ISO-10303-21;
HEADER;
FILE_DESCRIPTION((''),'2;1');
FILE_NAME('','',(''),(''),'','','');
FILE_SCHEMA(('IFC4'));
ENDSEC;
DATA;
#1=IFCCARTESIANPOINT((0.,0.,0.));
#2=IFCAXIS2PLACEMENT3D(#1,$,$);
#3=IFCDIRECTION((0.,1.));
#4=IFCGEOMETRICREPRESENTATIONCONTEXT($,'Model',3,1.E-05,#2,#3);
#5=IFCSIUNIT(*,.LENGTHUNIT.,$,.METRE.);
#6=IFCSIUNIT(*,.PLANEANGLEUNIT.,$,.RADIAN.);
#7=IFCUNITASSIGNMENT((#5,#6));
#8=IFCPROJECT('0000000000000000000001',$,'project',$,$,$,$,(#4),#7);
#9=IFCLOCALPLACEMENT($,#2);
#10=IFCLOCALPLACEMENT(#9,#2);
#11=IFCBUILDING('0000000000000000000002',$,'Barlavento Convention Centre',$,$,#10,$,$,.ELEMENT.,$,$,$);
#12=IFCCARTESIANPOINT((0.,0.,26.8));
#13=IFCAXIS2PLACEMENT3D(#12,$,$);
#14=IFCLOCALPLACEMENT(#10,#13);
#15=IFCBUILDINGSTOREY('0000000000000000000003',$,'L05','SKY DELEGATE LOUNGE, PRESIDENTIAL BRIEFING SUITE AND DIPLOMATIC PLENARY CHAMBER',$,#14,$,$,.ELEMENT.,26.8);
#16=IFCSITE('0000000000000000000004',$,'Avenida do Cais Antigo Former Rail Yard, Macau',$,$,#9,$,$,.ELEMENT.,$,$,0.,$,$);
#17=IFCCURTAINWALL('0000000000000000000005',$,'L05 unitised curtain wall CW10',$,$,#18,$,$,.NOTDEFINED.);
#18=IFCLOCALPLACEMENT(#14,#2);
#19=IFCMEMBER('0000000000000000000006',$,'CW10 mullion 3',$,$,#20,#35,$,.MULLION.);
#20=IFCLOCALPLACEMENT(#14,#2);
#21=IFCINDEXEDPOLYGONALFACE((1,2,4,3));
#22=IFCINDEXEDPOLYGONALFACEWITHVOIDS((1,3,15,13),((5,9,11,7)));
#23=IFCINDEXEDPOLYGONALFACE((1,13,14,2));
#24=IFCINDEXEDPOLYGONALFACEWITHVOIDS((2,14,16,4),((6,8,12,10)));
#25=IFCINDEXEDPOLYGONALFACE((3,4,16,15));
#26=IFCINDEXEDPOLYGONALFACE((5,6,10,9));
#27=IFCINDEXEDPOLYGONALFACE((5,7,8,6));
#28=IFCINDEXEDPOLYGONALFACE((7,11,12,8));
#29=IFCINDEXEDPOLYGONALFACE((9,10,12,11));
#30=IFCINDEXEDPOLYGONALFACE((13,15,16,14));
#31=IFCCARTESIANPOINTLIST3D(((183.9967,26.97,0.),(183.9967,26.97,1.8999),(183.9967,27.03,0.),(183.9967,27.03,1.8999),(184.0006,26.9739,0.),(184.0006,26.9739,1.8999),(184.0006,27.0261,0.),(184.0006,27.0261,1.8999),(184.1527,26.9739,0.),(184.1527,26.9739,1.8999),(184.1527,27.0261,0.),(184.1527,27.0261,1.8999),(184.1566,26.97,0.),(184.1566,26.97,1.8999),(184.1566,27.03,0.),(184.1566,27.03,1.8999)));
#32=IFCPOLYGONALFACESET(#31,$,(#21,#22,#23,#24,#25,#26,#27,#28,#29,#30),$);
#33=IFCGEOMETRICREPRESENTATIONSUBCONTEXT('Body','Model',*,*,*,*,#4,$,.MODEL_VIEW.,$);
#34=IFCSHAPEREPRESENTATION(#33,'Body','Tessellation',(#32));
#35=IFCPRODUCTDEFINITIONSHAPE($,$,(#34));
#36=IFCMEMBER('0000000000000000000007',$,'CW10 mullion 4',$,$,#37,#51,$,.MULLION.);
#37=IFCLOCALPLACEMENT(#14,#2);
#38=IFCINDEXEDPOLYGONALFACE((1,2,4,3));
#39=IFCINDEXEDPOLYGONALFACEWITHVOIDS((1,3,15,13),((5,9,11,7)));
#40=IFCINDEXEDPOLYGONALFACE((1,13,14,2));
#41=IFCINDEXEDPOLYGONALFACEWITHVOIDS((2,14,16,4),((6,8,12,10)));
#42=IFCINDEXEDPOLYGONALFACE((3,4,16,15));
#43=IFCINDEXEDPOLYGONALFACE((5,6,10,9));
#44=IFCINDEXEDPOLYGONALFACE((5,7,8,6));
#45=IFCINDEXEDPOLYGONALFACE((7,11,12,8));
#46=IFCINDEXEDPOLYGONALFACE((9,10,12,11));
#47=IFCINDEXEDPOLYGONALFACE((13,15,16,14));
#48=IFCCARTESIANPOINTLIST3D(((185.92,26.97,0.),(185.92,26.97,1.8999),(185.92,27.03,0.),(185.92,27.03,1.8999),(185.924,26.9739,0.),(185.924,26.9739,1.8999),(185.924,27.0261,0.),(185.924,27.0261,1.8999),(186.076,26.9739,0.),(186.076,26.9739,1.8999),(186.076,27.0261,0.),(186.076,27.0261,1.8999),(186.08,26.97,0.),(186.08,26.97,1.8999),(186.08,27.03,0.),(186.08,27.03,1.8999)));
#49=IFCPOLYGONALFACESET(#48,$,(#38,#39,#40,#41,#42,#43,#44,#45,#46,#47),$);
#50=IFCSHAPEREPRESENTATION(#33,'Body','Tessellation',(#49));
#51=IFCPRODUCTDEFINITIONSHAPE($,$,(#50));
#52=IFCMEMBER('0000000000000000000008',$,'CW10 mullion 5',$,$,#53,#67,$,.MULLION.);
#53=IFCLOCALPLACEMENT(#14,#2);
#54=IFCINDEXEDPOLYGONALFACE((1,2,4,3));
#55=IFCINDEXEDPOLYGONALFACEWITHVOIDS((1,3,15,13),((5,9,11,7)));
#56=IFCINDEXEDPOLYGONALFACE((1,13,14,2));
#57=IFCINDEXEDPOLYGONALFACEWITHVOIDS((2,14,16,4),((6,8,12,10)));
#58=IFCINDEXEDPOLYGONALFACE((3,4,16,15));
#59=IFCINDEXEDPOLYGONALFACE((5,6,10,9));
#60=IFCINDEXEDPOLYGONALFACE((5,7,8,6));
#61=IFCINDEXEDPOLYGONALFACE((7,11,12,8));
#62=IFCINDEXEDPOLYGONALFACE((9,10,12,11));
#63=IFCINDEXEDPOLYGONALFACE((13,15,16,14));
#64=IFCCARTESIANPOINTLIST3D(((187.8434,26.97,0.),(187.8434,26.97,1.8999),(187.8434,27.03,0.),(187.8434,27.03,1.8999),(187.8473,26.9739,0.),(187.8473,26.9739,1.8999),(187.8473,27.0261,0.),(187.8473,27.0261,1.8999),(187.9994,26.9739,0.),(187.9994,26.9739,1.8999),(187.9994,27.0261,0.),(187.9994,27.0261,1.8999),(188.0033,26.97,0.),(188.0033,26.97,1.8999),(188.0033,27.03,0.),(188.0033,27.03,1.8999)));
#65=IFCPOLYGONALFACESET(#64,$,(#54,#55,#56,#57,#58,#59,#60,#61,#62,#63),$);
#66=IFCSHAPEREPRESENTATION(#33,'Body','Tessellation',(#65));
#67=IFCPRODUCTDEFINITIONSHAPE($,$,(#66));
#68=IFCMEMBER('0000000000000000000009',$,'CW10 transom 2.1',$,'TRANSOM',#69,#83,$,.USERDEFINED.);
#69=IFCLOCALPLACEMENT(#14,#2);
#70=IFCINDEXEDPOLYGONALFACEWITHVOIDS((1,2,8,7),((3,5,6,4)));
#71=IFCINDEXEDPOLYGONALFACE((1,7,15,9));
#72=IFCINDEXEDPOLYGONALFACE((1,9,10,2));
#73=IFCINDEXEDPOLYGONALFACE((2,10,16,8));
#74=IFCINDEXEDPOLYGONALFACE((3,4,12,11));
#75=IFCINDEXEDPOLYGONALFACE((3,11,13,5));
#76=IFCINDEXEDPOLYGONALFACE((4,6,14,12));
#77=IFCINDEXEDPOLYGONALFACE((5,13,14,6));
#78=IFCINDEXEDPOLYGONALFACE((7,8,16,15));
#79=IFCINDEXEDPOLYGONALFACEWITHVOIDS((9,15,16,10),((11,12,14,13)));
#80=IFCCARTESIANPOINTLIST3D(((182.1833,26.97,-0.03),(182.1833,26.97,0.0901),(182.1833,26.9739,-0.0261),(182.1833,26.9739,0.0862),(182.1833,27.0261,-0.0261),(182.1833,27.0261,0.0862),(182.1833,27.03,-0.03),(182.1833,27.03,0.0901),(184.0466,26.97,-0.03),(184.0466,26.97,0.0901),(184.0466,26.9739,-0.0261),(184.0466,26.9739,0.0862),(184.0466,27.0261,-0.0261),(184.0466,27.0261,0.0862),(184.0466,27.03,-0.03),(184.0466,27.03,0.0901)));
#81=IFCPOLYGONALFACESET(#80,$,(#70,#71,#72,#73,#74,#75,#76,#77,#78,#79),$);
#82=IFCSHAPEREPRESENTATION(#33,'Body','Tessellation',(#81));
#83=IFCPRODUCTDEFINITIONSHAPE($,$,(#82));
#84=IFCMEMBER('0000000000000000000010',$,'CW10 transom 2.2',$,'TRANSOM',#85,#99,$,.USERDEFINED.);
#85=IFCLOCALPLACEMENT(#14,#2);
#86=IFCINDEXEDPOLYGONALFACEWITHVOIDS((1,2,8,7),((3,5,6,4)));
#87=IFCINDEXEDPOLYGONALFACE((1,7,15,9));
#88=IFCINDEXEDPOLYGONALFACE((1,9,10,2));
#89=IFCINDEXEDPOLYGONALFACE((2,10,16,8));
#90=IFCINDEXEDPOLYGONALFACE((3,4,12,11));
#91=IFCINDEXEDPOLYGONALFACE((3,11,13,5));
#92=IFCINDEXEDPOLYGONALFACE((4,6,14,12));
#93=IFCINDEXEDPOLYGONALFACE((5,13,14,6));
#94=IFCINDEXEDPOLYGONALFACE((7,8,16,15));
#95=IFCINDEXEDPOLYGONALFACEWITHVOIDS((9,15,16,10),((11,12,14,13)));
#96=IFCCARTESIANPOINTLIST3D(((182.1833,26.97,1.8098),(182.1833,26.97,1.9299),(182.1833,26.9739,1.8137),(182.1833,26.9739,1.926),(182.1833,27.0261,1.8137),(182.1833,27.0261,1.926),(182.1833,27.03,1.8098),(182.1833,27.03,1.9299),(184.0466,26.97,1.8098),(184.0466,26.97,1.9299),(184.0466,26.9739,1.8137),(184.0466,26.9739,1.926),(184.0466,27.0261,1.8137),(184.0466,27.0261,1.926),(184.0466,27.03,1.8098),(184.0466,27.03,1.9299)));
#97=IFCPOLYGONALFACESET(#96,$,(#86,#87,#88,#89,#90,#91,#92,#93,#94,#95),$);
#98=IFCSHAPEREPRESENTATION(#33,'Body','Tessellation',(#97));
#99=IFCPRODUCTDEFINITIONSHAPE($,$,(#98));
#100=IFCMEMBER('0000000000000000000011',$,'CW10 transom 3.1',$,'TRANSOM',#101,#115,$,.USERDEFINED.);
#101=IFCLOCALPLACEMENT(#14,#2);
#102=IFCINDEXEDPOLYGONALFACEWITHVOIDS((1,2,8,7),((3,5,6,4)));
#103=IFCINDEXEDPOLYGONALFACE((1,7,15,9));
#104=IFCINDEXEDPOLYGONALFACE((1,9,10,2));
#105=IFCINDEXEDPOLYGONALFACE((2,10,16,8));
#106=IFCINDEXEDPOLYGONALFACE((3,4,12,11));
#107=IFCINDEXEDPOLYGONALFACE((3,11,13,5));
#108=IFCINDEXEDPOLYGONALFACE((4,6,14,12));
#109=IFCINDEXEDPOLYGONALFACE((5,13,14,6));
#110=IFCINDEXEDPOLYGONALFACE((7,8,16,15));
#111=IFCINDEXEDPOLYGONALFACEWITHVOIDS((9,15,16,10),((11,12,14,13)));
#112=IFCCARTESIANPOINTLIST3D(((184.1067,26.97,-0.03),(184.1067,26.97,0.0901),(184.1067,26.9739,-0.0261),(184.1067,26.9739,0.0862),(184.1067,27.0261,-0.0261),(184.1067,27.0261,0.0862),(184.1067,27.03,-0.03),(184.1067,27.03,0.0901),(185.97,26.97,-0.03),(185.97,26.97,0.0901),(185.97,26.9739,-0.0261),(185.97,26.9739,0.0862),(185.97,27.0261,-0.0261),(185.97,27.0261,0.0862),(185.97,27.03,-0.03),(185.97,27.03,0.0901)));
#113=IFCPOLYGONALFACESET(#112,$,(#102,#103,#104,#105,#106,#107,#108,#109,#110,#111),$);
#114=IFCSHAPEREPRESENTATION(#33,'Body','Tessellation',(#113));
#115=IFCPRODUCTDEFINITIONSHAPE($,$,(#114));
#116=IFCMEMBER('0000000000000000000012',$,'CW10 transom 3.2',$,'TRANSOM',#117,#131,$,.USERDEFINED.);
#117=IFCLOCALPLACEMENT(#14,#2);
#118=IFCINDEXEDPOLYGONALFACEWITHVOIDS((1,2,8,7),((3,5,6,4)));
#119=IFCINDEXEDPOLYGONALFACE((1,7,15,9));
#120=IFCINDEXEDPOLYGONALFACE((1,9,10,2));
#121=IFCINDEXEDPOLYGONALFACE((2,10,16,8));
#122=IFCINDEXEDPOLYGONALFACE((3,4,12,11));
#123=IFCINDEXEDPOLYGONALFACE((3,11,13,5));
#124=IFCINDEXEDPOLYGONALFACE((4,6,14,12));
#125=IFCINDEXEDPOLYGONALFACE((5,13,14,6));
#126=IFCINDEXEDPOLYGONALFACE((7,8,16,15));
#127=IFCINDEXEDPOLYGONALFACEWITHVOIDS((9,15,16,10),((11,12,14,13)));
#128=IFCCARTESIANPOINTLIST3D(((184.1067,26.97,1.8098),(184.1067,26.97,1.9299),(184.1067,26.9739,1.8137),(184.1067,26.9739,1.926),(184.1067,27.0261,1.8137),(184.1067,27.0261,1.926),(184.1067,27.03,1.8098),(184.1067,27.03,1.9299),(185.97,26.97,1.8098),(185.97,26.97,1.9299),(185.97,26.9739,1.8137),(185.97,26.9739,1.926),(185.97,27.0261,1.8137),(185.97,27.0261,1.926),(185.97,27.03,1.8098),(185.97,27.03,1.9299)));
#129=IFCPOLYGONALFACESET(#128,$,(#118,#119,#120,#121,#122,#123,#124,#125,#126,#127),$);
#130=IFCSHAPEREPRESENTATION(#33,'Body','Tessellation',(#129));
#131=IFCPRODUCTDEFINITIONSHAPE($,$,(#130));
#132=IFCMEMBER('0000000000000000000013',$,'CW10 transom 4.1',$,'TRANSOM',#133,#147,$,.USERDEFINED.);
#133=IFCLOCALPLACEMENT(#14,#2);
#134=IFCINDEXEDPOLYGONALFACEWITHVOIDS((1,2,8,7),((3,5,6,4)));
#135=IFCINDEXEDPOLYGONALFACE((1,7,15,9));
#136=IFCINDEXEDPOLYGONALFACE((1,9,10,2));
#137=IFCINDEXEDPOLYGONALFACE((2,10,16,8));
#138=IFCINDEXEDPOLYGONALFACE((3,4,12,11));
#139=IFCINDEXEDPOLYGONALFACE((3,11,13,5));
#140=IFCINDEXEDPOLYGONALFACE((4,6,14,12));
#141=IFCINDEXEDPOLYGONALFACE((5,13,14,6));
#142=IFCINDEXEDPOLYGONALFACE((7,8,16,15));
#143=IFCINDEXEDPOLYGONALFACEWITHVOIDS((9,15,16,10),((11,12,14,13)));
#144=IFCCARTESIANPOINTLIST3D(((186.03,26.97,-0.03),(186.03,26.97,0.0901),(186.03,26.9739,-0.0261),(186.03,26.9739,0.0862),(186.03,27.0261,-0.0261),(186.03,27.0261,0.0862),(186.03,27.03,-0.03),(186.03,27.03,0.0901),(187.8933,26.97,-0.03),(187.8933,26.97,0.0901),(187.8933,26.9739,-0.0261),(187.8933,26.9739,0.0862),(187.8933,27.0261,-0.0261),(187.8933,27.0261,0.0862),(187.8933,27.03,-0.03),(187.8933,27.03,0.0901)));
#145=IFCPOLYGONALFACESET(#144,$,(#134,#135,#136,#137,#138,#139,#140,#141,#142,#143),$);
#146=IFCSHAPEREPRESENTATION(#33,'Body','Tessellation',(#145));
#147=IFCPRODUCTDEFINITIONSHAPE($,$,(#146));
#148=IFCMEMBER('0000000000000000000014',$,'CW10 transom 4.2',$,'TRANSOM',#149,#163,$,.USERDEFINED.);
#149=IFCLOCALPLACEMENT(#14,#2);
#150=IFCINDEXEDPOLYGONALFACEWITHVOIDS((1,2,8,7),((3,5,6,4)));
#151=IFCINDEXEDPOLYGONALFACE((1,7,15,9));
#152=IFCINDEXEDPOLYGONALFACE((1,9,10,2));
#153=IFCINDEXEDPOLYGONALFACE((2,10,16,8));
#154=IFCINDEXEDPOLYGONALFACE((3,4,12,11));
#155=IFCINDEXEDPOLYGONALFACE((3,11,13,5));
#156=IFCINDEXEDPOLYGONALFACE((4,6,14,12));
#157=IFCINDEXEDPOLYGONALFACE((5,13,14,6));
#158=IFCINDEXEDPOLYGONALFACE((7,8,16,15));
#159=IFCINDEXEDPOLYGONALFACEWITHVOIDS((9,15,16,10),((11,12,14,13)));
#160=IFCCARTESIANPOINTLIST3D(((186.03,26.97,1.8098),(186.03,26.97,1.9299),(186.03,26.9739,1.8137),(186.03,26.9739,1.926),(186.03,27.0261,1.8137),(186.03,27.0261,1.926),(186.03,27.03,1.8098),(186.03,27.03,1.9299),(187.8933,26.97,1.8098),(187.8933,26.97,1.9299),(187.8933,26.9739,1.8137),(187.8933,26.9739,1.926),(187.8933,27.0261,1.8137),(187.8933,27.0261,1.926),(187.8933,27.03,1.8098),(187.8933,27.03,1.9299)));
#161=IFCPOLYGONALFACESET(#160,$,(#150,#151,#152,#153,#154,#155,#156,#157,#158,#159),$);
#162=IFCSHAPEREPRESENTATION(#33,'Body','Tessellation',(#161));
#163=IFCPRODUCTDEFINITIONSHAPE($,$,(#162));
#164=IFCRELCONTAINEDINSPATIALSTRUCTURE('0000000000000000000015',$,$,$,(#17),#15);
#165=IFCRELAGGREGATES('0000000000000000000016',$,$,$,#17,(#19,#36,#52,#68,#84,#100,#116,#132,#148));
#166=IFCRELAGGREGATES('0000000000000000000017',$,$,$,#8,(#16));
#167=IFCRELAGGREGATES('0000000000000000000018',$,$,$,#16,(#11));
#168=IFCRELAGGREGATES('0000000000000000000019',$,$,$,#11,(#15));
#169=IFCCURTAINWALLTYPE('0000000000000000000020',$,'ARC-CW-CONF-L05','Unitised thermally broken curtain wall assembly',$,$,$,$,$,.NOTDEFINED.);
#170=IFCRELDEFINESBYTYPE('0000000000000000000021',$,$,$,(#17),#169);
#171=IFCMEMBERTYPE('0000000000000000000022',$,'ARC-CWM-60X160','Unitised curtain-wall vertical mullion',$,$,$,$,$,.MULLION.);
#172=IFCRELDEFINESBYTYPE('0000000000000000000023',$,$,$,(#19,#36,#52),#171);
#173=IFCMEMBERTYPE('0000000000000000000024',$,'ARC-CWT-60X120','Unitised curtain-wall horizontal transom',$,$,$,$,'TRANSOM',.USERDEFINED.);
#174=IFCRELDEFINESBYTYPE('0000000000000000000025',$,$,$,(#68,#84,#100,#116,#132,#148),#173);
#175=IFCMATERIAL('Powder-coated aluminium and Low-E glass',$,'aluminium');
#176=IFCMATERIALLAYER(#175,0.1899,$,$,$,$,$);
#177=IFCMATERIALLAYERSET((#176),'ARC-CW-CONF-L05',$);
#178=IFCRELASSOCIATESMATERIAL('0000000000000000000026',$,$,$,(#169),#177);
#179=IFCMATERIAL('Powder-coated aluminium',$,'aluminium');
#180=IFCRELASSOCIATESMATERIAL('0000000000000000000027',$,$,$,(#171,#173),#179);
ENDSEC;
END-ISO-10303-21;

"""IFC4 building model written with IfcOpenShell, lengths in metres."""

from ifc_helpers import new_model, si_unit, direction, frame, origin, origin_2d, place, context, subcontext, project, spatial, hollow_rectangle, extrude, material, layer, layer_set, material_profile, profile_set, type_object, element, aggregate, save


model = new_model("IFC4")

# Units and contexts
model_context = context("Model", 3, precision=1e-05, world=origin(), true_north=direction((0.0, 1.0)))
body_context = subcontext(model_context, "Body", "Model", "MODEL_VIEW")
ifc_project = project(units=[si_unit("LENGTHUNIT", "METRE"), si_unit("PLANEANGLEUNIT", "RADIAN")], contexts=[model_context])

# Site, building, storey
site_placement = place(None, origin())
site = spatial("IfcSite", under=ifc_project, at=site_placement, Name="Avenida do Cais Antigo Former Rail Yard, Macau", CompositionType="ELEMENT", RefElevation=0.0)
building_placement = place(site_placement, origin())
building = spatial("IfcBuilding", under=site, at=building_placement, Name="Barlavento Convention Centre", CompositionType="ELEMENT")
storey_placement = place(building_placement, frame((0.0, 0.0, 26.8)))
storey = spatial("IfcBuildingStorey", under=building, at=storey_placement, Name="L05", Description="SKY DELEGATE LOUNGE, PRESIDENTIAL BRIEFING SUITE AND DIPLOMATIC PLENARY CHAMBER", CompositionType="ELEMENT", Elevation=26.8)

# Curtain wall, members
ifc_material_1 = material(Name="Powder-coated aluminium and Low-E glass", Category="aluminium")
ifc_layer_1 = layer(ifc_material_1, 0.1899)
ifc_layer_set_1 = layer_set([ifc_layer_1], Name="ARC-CW-CONF-L05")
curtain_wall_type = type_object("IfcCurtainWallType", Name="ARC-CW-CONF-L05", Description="Unitised thermally broken curtain wall assembly", PredefinedType="NOTDEFINED", material=ifc_layer_set_1)
curtain_wall_placement = place(storey_placement, origin())
curtain_wall = element("IfcCurtainWall", 1, at=curtain_wall_placement, inside=storey, type_object=curtain_wall_type, Name="L05 unitised curtain wall CW10", PredefinedType="NOTDEFINED")
ifc_material_2 = material(Name="Powder-coated aluminium", Category="aluminium")
ifc_material_profile_1 = material_profile(ifc_material_2, hollow_rectangle(XDim=0.0601, YDim=0.1599, WallThickness=0.0039, at=origin_2d()), Name="AL-MULL 60x160x4")
ifc_profile_set_1 = profile_set([ifc_material_profile_1], Name="Powder-coated aluminium")
member_type_1 = type_object("IfcMemberType", Name="ARC-CWM-60X160", Description="Unitised curtain-wall vertical mullion", PredefinedType="MULLION", material=ifc_profile_set_1)
member_1_placement = place(storey_placement, frame((184.0767, 27.0, 0.0), z_axis=(0.0, 0.0, 1.0), x_axis=(0.0, 1.0, 0.0)))
member_1 = element("IfcMember", 2, at=member_1_placement, type_object=member_type_1, Name="CW10 mullion 3", PredefinedType="MULLION", context=body_context, shape_type="SweptSolid", body=[
    extrude(hollow_rectangle(XDim=0.0601, YDim=0.1599, WallThickness=0.0039, at=origin_2d()), origin(), (0.0, 0.0, 1.0), 1.8999),
])
member_2_placement = place(storey_placement, frame((186.0, 27.0, 0.0), z_axis=(0.0, 0.0, 1.0), x_axis=(0.0, 1.0, 0.0)))
member_2 = element("IfcMember", 3, at=member_2_placement, type_object=member_type_1, Name="CW10 mullion 4", PredefinedType="MULLION", context=body_context, shape_type="SweptSolid", body=[
    extrude(hollow_rectangle(XDim=0.0601, YDim=0.1599, WallThickness=0.0039, at=origin_2d()), origin(), (0.0, 0.0, 1.0), 1.8999),
])
member_3_placement = place(storey_placement, frame((187.9233, 27.0, 0.0), z_axis=(0.0, 0.0, 1.0), x_axis=(0.0, 1.0, 0.0)))
member_3 = element("IfcMember", 4, at=member_3_placement, type_object=member_type_1, Name="CW10 mullion 5", PredefinedType="MULLION", context=body_context, shape_type="SweptSolid", body=[
    extrude(hollow_rectangle(XDim=0.0601, YDim=0.1599, WallThickness=0.0039, at=origin_2d()), origin(), (0.0, 0.0, 1.0), 1.8999),
])
ifc_material_profile_2 = material_profile(ifc_material_2, hollow_rectangle(XDim=0.0601, YDim=0.1201, WallThickness=0.0039, at=origin_2d()), Name="AL-TRAN 60x120x4")
ifc_profile_set_2 = profile_set([ifc_material_profile_2], Name="Powder-coated aluminium")
member_type_2 = type_object("IfcMemberType", Name="ARC-CWT-60X120", Description="Unitised curtain-wall horizontal transom", ElementType="TRANSOM", PredefinedType="USERDEFINED", material=ifc_profile_set_2)
member_4_placement = place(storey_placement, frame((182.1833, 27.0, 0.03), z_axis=(1.0, 0.0, 0.0), x_axis=(0.0, 1.0, 0.0)))
member_4 = element("IfcMember", 5, at=member_4_placement, type_object=member_type_2, Name="CW10 transom 2.1", ObjectType="TRANSOM", PredefinedType="USERDEFINED", context=body_context, shape_type="SweptSolid", body=[
    extrude(hollow_rectangle(XDim=0.0601, YDim=0.1201, WallThickness=0.0039, at=origin_2d()), origin(), (0.0, 0.0, 1.0), 1.8633),
])
member_5_placement = place(storey_placement, frame((182.1833, 27.0, 1.8699), z_axis=(1.0, 0.0, 0.0), x_axis=(0.0, 1.0, 0.0)))
member_5 = element("IfcMember", 6, at=member_5_placement, type_object=member_type_2, Name="CW10 transom 2.2", ObjectType="TRANSOM", PredefinedType="USERDEFINED", context=body_context, shape_type="SweptSolid", body=[
    extrude(hollow_rectangle(XDim=0.0601, YDim=0.1201, WallThickness=0.0039, at=origin_2d()), origin(), (0.0, 0.0, 1.0), 1.8633),
])
member_6_placement = place(storey_placement, frame((184.1067, 27.0, 0.03), z_axis=(1.0, 0.0, 0.0), x_axis=(0.0, 1.0, 0.0)))
member_6 = element("IfcMember", 7, at=member_6_placement, type_object=member_type_2, Name="CW10 transom 3.1", ObjectType="TRANSOM", PredefinedType="USERDEFINED", context=body_context, shape_type="SweptSolid", body=[
    extrude(hollow_rectangle(XDim=0.0601, YDim=0.1201, WallThickness=0.0039, at=origin_2d()), origin(), (0.0, 0.0, 1.0), 1.8633),
])
member_7_placement = place(storey_placement, frame((184.1067, 27.0, 1.8699), z_axis=(1.0, 0.0, 0.0), x_axis=(0.0, 1.0, 0.0)))
member_7 = element("IfcMember", 8, at=member_7_placement, type_object=member_type_2, Name="CW10 transom 3.2", ObjectType="TRANSOM", PredefinedType="USERDEFINED", context=body_context, shape_type="SweptSolid", body=[
    extrude(hollow_rectangle(XDim=0.0601, YDim=0.1201, WallThickness=0.0039, at=origin_2d()), origin(), (0.0, 0.0, 1.0), 1.8633),
])
member_8_placement = place(storey_placement, frame((186.03, 27.0, 0.03), z_axis=(1.0, 0.0, 0.0), x_axis=(0.0, 1.0, 0.0)))
member_8 = element("IfcMember", 9, at=member_8_placement, type_object=member_type_2, Name="CW10 transom 4.1", ObjectType="TRANSOM", PredefinedType="USERDEFINED", context=body_context, shape_type="SweptSolid", body=[
    extrude(hollow_rectangle(XDim=0.0601, YDim=0.1201, WallThickness=0.0039, at=origin_2d()), origin(), (0.0, 0.0, 1.0), 1.8633),
])
member_9_placement = place(storey_placement, frame((186.03, 27.0, 1.8699), z_axis=(1.0, 0.0, 0.0), x_axis=(0.0, 1.0, 0.0)))
member_9 = element("IfcMember", 10, at=member_9_placement, type_object=member_type_2, Name="CW10 transom 4.2", ObjectType="TRANSOM", PredefinedType="USERDEFINED", context=body_context, shape_type="SweptSolid", body=[
    extrude(hollow_rectangle(XDim=0.0601, YDim=0.1201, WallThickness=0.0039, at=origin_2d()), origin(), (0.0, 0.0, 1.0), 1.8633),
])

aggregate(curtain_wall, [member_1, member_2, member_3, member_4, member_5, member_6, member_7, member_8, member_9])

save(model, "model.ifc")
